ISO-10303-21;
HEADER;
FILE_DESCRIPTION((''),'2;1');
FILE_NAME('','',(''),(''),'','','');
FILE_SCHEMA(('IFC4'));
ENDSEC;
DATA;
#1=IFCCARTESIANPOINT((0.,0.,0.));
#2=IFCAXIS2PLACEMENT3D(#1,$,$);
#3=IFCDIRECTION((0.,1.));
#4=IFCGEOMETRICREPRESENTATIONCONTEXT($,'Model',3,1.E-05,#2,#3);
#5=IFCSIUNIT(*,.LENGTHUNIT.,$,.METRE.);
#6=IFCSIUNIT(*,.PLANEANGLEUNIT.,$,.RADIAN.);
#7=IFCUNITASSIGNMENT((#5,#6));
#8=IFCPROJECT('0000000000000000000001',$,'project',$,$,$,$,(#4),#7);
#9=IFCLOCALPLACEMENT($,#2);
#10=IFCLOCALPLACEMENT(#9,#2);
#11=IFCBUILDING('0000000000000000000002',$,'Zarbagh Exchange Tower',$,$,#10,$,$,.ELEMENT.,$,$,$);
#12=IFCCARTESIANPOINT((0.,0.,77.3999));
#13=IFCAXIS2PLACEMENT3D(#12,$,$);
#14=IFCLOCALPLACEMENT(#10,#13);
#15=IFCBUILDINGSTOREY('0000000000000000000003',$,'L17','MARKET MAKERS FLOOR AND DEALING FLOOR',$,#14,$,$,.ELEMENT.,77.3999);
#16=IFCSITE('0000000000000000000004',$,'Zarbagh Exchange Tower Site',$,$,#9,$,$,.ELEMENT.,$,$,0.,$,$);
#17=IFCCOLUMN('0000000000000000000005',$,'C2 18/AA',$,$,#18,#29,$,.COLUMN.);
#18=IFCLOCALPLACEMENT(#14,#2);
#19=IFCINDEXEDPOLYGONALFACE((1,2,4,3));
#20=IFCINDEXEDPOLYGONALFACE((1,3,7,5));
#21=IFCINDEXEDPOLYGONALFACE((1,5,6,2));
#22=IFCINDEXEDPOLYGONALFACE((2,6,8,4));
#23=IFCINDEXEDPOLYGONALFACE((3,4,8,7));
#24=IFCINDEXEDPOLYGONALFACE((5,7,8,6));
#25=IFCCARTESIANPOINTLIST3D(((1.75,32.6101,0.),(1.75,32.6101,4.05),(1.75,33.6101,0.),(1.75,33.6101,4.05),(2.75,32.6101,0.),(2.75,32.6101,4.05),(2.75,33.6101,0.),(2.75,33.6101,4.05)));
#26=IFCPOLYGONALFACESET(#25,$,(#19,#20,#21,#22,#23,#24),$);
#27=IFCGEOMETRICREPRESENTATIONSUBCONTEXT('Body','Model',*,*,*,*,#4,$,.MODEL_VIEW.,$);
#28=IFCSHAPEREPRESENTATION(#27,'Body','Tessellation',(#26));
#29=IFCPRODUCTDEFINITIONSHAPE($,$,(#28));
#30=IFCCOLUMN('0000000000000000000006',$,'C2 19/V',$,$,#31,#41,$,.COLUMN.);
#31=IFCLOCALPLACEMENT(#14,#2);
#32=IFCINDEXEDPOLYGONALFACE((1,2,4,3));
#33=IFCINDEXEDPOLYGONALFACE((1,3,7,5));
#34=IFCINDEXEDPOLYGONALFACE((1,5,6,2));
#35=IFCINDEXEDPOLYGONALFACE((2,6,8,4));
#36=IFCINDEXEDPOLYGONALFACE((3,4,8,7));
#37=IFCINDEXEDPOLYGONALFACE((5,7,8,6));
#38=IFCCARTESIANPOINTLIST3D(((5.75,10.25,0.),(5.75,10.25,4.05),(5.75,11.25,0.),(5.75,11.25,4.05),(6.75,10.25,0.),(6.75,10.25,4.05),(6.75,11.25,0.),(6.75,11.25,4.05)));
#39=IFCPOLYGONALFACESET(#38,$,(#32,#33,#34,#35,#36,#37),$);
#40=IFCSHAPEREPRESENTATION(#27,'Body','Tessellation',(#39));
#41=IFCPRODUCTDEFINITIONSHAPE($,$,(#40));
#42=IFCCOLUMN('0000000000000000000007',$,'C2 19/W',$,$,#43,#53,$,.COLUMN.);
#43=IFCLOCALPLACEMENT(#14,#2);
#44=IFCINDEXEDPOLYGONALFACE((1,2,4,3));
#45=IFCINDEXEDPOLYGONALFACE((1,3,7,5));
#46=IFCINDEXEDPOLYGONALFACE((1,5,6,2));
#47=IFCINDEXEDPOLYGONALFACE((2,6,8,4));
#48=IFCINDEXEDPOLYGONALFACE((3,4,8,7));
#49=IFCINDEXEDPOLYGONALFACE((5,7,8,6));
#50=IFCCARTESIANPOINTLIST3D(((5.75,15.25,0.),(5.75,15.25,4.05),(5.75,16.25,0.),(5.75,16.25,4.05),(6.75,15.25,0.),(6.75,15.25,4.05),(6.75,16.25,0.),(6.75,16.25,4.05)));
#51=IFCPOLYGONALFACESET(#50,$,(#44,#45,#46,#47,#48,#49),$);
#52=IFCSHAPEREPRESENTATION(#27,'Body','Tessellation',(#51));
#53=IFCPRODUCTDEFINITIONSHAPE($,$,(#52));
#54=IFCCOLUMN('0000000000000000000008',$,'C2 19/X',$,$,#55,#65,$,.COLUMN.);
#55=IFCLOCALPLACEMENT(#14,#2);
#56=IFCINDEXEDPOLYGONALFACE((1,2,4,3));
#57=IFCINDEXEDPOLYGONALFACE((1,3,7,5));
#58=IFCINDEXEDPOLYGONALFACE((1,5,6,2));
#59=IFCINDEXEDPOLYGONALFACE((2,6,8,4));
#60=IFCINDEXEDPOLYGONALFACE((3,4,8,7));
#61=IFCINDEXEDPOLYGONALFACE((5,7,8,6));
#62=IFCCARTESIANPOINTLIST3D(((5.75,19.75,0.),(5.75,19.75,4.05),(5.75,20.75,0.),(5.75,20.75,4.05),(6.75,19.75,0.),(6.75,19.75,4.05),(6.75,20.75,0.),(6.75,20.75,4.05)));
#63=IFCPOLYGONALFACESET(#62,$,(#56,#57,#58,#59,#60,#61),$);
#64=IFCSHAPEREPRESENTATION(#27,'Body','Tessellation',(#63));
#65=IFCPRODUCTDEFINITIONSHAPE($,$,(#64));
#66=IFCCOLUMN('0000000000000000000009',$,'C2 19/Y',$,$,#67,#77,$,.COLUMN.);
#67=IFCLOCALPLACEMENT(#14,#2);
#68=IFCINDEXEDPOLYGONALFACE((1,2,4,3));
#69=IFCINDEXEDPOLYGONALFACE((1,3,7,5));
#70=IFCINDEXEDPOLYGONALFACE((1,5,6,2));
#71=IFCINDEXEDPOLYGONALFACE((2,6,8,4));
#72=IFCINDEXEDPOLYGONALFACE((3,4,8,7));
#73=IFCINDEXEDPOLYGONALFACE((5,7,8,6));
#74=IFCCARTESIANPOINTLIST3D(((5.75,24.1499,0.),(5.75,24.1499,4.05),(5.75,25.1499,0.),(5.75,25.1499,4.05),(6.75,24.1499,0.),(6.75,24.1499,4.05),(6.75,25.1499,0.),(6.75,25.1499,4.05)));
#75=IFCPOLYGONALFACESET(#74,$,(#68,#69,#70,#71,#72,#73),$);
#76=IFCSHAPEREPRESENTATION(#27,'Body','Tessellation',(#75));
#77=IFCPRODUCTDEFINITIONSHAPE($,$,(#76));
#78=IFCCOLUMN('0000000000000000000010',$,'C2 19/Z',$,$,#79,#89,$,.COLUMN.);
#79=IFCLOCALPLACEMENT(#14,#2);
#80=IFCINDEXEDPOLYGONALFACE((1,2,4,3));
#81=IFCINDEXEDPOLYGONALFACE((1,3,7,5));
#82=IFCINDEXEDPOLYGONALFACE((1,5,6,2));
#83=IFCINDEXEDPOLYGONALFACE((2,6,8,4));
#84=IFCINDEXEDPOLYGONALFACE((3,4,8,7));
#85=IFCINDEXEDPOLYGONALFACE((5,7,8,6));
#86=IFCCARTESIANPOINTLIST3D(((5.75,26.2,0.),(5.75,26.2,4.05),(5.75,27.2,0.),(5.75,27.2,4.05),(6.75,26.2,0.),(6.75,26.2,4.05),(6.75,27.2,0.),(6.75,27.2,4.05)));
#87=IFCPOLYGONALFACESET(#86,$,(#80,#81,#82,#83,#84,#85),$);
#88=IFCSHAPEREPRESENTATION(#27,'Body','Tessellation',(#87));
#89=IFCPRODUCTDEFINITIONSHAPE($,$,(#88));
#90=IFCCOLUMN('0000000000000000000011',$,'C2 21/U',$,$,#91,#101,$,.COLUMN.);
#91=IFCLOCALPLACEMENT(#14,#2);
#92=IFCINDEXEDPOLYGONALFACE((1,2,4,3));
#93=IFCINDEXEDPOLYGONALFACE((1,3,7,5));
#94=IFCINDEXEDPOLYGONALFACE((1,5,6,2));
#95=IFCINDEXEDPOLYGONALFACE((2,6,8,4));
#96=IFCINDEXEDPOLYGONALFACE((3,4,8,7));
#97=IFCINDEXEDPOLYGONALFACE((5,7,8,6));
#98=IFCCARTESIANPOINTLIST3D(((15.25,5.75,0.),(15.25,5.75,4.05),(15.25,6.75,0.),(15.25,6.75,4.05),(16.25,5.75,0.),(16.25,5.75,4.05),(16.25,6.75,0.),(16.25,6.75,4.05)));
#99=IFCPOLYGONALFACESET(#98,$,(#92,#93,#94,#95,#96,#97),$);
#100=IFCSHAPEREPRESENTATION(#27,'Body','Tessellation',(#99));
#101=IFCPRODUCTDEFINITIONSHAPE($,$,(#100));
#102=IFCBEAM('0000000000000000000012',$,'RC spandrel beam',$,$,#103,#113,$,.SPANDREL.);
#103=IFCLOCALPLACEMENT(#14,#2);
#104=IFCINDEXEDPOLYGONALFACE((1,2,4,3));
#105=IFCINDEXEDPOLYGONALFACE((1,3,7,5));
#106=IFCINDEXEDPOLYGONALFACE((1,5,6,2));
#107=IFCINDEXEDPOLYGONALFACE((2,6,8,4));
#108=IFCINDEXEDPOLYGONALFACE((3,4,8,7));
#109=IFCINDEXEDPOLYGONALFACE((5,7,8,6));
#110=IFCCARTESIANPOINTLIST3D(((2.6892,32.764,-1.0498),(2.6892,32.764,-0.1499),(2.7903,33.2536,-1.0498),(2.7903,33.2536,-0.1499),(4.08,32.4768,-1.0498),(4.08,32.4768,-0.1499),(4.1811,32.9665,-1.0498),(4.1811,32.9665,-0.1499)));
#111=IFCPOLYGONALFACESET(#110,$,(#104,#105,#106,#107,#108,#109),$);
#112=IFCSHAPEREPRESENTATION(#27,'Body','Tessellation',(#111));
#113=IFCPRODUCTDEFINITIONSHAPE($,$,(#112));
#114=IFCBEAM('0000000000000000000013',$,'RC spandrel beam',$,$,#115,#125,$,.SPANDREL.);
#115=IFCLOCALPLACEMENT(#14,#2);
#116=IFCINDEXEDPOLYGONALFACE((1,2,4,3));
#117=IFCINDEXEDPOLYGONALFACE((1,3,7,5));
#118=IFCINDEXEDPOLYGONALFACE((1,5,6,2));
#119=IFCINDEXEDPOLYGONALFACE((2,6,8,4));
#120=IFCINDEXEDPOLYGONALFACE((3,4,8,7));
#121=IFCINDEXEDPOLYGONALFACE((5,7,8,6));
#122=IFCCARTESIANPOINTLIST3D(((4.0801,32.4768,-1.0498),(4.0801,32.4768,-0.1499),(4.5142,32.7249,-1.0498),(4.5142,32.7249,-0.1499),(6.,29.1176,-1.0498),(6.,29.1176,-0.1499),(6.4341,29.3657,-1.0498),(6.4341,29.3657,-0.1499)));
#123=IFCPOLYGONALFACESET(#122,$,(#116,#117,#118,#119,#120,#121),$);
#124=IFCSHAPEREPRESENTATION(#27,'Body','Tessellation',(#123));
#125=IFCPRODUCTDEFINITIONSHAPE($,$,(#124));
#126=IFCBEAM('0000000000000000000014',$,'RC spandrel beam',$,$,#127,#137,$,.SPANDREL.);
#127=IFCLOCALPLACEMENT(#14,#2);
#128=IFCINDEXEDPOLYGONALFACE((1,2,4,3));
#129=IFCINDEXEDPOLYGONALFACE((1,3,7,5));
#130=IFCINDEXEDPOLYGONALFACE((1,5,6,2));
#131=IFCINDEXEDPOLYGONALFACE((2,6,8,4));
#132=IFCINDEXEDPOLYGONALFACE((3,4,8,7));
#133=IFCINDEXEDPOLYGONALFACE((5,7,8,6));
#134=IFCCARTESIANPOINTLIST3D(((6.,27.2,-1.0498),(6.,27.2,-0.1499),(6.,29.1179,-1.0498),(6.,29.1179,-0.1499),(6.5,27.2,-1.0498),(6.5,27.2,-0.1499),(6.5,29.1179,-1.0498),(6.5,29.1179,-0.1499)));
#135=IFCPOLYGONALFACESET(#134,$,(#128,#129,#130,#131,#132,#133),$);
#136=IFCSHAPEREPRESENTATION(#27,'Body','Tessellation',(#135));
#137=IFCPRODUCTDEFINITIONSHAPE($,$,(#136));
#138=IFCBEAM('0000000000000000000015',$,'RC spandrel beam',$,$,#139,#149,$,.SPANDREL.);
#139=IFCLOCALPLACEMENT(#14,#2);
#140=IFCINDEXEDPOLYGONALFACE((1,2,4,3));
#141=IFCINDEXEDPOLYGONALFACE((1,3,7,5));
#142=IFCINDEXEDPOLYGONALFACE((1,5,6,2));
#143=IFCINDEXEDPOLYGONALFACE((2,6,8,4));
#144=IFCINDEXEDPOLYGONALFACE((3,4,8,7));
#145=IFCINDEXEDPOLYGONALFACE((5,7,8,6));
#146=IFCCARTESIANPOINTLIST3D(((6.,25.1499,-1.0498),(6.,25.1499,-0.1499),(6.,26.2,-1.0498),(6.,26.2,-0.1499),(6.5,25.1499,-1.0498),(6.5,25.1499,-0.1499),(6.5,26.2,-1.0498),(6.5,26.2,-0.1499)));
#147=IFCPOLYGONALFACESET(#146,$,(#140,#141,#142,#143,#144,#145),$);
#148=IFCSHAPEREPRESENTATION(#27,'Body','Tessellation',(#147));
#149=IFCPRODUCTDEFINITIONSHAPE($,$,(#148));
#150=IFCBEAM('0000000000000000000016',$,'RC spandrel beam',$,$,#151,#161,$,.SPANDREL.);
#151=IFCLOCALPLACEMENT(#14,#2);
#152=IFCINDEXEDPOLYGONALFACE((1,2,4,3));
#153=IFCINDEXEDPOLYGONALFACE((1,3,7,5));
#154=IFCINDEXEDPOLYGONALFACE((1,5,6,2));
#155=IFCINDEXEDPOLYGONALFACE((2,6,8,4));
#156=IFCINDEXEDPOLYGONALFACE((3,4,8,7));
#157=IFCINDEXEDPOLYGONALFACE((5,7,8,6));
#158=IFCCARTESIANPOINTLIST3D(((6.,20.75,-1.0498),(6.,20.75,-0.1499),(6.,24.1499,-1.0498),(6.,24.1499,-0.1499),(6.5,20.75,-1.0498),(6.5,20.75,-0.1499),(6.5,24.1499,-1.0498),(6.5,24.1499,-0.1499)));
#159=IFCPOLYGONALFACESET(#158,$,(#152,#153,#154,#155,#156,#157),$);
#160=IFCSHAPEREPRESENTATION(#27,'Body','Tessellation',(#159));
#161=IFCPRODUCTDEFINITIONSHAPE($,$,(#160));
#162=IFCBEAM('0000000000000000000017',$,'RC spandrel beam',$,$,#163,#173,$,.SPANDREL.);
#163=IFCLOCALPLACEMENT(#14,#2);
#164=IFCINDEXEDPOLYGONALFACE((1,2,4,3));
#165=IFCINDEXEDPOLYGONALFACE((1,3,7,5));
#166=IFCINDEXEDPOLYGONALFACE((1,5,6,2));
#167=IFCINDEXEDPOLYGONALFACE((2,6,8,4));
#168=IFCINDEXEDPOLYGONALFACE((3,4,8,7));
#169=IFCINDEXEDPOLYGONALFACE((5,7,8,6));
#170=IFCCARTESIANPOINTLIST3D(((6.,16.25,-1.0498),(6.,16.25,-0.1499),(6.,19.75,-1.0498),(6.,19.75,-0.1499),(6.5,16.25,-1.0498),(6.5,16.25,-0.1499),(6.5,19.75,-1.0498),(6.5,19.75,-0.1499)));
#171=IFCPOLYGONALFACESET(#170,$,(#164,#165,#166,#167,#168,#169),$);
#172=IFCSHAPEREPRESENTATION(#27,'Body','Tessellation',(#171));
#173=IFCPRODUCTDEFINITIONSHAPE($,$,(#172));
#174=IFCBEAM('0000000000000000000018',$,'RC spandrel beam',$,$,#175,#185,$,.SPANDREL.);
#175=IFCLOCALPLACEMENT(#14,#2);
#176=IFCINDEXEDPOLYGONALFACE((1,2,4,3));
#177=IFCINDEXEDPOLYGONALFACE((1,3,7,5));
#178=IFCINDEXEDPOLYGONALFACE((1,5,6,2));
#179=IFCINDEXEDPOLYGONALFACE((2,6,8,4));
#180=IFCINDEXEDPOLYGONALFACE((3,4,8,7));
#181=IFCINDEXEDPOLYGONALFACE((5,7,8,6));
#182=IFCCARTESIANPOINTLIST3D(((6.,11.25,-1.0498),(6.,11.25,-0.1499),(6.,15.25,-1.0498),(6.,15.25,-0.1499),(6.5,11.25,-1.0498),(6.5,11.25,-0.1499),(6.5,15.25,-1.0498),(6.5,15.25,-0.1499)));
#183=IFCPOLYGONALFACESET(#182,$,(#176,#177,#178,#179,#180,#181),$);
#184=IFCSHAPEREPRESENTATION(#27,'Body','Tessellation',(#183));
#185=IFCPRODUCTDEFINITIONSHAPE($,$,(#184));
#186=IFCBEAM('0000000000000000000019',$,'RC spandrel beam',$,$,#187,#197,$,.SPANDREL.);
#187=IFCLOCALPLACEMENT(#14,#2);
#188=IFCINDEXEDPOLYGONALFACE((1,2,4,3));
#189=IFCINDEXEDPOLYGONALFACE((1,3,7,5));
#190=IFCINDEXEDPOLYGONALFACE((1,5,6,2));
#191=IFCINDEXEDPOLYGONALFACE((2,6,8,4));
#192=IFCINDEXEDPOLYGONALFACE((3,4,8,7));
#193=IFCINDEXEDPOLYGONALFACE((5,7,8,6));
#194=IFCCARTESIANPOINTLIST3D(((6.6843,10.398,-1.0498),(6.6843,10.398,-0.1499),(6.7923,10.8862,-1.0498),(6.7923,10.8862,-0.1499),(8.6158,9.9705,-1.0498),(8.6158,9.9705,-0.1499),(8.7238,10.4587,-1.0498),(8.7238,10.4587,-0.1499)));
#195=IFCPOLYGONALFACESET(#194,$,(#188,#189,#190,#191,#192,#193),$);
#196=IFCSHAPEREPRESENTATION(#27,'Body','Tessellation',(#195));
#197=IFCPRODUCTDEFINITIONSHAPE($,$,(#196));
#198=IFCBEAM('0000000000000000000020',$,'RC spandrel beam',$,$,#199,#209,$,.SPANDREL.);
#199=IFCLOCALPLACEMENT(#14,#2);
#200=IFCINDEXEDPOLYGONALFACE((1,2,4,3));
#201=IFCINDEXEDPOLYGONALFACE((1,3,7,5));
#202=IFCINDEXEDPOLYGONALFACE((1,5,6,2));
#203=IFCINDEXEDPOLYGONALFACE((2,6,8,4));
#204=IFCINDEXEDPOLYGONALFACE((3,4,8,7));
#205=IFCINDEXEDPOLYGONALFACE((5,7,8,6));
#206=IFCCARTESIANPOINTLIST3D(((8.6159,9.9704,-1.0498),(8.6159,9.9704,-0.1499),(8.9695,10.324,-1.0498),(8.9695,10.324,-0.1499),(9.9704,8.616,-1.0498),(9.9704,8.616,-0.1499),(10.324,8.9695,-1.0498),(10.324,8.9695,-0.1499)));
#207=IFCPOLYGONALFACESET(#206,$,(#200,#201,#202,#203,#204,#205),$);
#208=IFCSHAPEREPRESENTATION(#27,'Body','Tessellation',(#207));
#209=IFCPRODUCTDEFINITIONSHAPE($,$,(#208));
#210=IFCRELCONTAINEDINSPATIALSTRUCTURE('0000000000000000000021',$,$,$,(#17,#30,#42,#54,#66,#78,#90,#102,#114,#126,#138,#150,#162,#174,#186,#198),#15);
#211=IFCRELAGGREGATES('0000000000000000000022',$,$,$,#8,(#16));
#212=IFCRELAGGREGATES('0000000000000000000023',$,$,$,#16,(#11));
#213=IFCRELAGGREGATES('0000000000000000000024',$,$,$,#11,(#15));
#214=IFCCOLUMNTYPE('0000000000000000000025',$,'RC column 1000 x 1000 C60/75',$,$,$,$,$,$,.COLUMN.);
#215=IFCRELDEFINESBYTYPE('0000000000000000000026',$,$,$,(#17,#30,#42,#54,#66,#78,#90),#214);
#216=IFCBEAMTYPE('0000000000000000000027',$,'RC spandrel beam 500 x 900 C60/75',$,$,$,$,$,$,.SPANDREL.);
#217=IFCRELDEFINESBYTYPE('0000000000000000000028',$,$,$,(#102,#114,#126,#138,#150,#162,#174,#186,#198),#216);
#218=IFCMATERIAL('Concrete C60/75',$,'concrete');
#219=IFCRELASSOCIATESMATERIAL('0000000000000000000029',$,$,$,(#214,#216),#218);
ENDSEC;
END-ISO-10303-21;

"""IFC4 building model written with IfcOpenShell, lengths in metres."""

from ifc_helpers import new_model, si_unit, direction, frame, origin, origin_2d, place, context, subcontext, project, spatial, rectangle, extrude, material, material_profile, profile_set, type_object, element, save


model = new_model("IFC4")

# Units and contexts
model_context = context("Model", 3, precision=1e-05, world=origin(), true_north=direction((0.0, 1.0)))
body_context = subcontext(model_context, "Body", "Model", "MODEL_VIEW")
ifc_project = project(units=[si_unit("LENGTHUNIT", "METRE"), si_unit("PLANEANGLEUNIT", "RADIAN")], contexts=[model_context])

# Site, building, storey
site_placement = place(None, origin())
site = spatial("IfcSite", under=ifc_project, at=site_placement, Name="Zarbagh Exchange Tower Site", CompositionType="ELEMENT", RefElevation=0.0)
building_placement = place(site_placement, origin())
building = spatial("IfcBuilding", under=site, at=building_placement, Name="Zarbagh Exchange Tower", CompositionType="ELEMENT")
storey_placement = place(building_placement, frame((0.0, 0.0, 77.3999)))
storey = spatial("IfcBuildingStorey", under=building, at=storey_placement, Name="L17", Description="MARKET MAKERS FLOOR AND DEALING FLOOR", CompositionType="ELEMENT", Elevation=77.3999)

# Columns
ifc_material_1 = material(Name="Concrete C60/75", Category="concrete")
ifc_material_profile_1 = material_profile(ifc_material_1, rectangle(XDim=1.0, YDim=1.0, at=origin_2d()), Name="RC column 1000 x 1000 C60/75")
ifc_profile_set_1 = profile_set([ifc_material_profile_1], Name="Concrete C60/75")
column_type = type_object("IfcColumnType", Name="RC column 1000 x 1000 C60/75", PredefinedType="COLUMN", material=ifc_profile_set_1)
for number, where, z_axis, x_axis, name in (
    (1, (2.25, 33.1101, 0.0), (0.0, 0.0, 1.0), (1.0, 0.0, 0.0), "C2 18/AA"),
    (2, (6.25, 10.75, 0.0), (0.0, 0.0, 1.0), (1.0, 0.0, 0.0), "C2 19/V"),
    (3, (6.25, 15.75, 0.0), (0.0, 0.0, 1.0), (1.0, 0.0, 0.0), "C2 19/W"),
    (4, (6.25, 20.25, 0.0), (0.0, 0.0, 1.0), (1.0, 0.0, 0.0), "C2 19/X"),
    (5, (6.25, 24.6499, 0.0), (0.0, 0.0, 1.0), (1.0, 0.0, 0.0), "C2 19/Y"),
    (6, (6.25, 26.7, 0.0), (0.0, 0.0, 1.0), (1.0, 0.0, 0.0), "C2 19/Z"),
    (7, (15.75, 6.25, 0.0), (0.0, 0.0, 1.0), (1.0, 0.0, 0.0), "C2 21/U"),
):
    element("IfcColumn", number, at=place(storey_placement, frame(where, z_axis=z_axis, x_axis=x_axis)), inside=storey, type_object=column_type, Name=name, PredefinedType="COLUMN", context=body_context, shape_type="SweptSolid", body=[
        extrude(rectangle(XDim=1.0, YDim=1.0, at=origin_2d()), origin(), (0.0, 0.0, 1.0), 4.05),
    ])

# Beams
ifc_material_profile_2 = material_profile(ifc_material_1, rectangle(XDim=0.5, YDim=0.8999, at=origin_2d()), Name="RC spandrel beam 500 x 900 C60/75")
ifc_profile_set_2 = profile_set([ifc_material_profile_2], Name="Concrete C60/75")
beam_type = type_object("IfcBeamType", Name="RC spandrel beam 500 x 900 C60/75", PredefinedType="SPANDREL", material=ifc_profile_set_2)
beam_1_placement = place(storey_placement, frame((2.7397, 33.0088, -0.5999), z_axis=(0.979352, -0.202162, 0.0), x_axis=(0.202162, 0.979352, 0.0)))
element("IfcBeam", 8, at=beam_1_placement, inside=storey, type_object=beam_type, Name="RC spandrel beam", PredefinedType="SPANDREL", context=body_context, shape_type="SweptSolid", body=[
    extrude(rectangle(XDim=0.5, YDim=0.8999, at=origin_2d()), origin(), (0.0, 0.0, 1.0), 1.4202),
])
beam_2_placement = place(storey_placement, frame((4.2971, 32.6008, -0.5999), z_axis=(0.49622, -0.868197, 0.0), x_axis=(0.868197, 0.49622, 0.0)))
element("IfcBeam", 9, at=beam_2_placement, inside=storey, type_object=beam_type, Name="RC spandrel beam", PredefinedType="SPANDREL", context=body_context, shape_type="SweptSolid", body=[
    extrude(rectangle(XDim=0.5, YDim=0.8999, at=origin_2d()), origin(), (0.0, 0.0, 1.0), 3.8691),
])
beam_3_placement = place(storey_placement, frame((6.25, 29.1179, -0.5999), z_axis=(0.0, -1.0, 0.0), x_axis=(1.0, 0.0, 0.0)))
element("IfcBeam", 10, at=beam_3_placement, inside=storey, type_object=beam_type, Name="RC spandrel beam", PredefinedType="SPANDREL", context=body_context, shape_type="SweptSolid", body=[
    extrude(rectangle(XDim=0.5, YDim=0.8999, at=origin_2d()), origin(), (0.0, 0.0, 1.0), 1.918),
])
beam_4_placement = place(storey_placement, frame((6.25, 26.2, -0.5999), z_axis=(0.0, -1.0, 0.0), x_axis=(1.0, 0.0, 0.0)))
element("IfcBeam", 11, at=beam_4_placement, inside=storey, type_object=beam_type, Name="RC spandrel beam", PredefinedType="SPANDREL", context=body_context, shape_type="SweptSolid", body=[
    extrude(rectangle(XDim=0.5, YDim=0.8999, at=origin_2d()), origin(), (0.0, 0.0, 1.0), 1.05),
])
beam_5_placement = place(storey_placement, frame((6.25, 24.1499, -0.5999), z_axis=(0.0, -1.0, 0.0), x_axis=(1.0, 0.0, 0.0)))
element("IfcBeam", 12, at=beam_5_placement, inside=storey, type_object=beam_type, Name="RC spandrel beam", PredefinedType="SPANDREL", context=body_context, shape_type="SweptSolid", body=[
    extrude(rectangle(XDim=0.5, YDim=0.8999, at=origin_2d()), origin(), (0.0, 0.0, 1.0), 3.3999),
])
beam_6_placement = place(storey_placement, frame((6.25, 19.75, -0.5999), z_axis=(0.0, -1.0, 0.0), x_axis=(1.0, 0.0, 0.0)))
element("IfcBeam", 13, at=beam_6_placement, inside=storey, type_object=beam_type, Name="RC spandrel beam", PredefinedType="SPANDREL", context=body_context, shape_type="SweptSolid", body=[
    extrude(rectangle(XDim=0.5, YDim=0.8999, at=origin_2d()), origin(), (0.0, 0.0, 1.0), 3.5),
])
beam_7_placement = place(storey_placement, frame((6.25, 15.25, -0.5999), z_axis=(0.0, -1.0, 0.0), x_axis=(1.0, 0.0, 0.0)))
element("IfcBeam", 14, at=beam_7_placement, inside=storey, type_object=beam_type, Name="RC spandrel beam", PredefinedType="SPANDREL", context=body_context, shape_type="SweptSolid", body=[
    extrude(rectangle(XDim=0.5, YDim=0.8999, at=origin_2d()), origin(), (0.0, 0.0, 1.0), 4.0),
])
beam_8_placement = place(storey_placement, frame((6.7383, 10.6421, -0.5999), z_axis=(0.976375, -0.216081, 0.0), x_axis=(0.216081, 0.976375, 0.0)))
element("IfcBeam", 15, at=beam_8_placement, inside=storey, type_object=beam_type, Name="RC spandrel beam", PredefinedType="SPANDREL", context=body_context, shape_type="SweptSolid", body=[
    extrude(rectangle(XDim=0.5, YDim=0.8999, at=origin_2d()), origin(), (0.0, 0.0, 1.0), 1.9783),
])
beam_9_placement = place(storey_placement, frame((8.7927, 10.1472, -0.5999), z_axis=(0.707107, -0.707107, 0.0), x_axis=(0.707107, 0.707107, 0.0)))
element("IfcBeam", 16, at=beam_9_placement, inside=storey, type_object=beam_type, Name="RC spandrel beam", PredefinedType="SPANDREL", context=body_context, shape_type="SweptSolid", body=[
    extrude(rectangle(XDim=0.5, YDim=0.8999, at=origin_2d()), origin(), (0.0, 0.0, 1.0), 1.9155),
])

save(model, "model.ifc")
